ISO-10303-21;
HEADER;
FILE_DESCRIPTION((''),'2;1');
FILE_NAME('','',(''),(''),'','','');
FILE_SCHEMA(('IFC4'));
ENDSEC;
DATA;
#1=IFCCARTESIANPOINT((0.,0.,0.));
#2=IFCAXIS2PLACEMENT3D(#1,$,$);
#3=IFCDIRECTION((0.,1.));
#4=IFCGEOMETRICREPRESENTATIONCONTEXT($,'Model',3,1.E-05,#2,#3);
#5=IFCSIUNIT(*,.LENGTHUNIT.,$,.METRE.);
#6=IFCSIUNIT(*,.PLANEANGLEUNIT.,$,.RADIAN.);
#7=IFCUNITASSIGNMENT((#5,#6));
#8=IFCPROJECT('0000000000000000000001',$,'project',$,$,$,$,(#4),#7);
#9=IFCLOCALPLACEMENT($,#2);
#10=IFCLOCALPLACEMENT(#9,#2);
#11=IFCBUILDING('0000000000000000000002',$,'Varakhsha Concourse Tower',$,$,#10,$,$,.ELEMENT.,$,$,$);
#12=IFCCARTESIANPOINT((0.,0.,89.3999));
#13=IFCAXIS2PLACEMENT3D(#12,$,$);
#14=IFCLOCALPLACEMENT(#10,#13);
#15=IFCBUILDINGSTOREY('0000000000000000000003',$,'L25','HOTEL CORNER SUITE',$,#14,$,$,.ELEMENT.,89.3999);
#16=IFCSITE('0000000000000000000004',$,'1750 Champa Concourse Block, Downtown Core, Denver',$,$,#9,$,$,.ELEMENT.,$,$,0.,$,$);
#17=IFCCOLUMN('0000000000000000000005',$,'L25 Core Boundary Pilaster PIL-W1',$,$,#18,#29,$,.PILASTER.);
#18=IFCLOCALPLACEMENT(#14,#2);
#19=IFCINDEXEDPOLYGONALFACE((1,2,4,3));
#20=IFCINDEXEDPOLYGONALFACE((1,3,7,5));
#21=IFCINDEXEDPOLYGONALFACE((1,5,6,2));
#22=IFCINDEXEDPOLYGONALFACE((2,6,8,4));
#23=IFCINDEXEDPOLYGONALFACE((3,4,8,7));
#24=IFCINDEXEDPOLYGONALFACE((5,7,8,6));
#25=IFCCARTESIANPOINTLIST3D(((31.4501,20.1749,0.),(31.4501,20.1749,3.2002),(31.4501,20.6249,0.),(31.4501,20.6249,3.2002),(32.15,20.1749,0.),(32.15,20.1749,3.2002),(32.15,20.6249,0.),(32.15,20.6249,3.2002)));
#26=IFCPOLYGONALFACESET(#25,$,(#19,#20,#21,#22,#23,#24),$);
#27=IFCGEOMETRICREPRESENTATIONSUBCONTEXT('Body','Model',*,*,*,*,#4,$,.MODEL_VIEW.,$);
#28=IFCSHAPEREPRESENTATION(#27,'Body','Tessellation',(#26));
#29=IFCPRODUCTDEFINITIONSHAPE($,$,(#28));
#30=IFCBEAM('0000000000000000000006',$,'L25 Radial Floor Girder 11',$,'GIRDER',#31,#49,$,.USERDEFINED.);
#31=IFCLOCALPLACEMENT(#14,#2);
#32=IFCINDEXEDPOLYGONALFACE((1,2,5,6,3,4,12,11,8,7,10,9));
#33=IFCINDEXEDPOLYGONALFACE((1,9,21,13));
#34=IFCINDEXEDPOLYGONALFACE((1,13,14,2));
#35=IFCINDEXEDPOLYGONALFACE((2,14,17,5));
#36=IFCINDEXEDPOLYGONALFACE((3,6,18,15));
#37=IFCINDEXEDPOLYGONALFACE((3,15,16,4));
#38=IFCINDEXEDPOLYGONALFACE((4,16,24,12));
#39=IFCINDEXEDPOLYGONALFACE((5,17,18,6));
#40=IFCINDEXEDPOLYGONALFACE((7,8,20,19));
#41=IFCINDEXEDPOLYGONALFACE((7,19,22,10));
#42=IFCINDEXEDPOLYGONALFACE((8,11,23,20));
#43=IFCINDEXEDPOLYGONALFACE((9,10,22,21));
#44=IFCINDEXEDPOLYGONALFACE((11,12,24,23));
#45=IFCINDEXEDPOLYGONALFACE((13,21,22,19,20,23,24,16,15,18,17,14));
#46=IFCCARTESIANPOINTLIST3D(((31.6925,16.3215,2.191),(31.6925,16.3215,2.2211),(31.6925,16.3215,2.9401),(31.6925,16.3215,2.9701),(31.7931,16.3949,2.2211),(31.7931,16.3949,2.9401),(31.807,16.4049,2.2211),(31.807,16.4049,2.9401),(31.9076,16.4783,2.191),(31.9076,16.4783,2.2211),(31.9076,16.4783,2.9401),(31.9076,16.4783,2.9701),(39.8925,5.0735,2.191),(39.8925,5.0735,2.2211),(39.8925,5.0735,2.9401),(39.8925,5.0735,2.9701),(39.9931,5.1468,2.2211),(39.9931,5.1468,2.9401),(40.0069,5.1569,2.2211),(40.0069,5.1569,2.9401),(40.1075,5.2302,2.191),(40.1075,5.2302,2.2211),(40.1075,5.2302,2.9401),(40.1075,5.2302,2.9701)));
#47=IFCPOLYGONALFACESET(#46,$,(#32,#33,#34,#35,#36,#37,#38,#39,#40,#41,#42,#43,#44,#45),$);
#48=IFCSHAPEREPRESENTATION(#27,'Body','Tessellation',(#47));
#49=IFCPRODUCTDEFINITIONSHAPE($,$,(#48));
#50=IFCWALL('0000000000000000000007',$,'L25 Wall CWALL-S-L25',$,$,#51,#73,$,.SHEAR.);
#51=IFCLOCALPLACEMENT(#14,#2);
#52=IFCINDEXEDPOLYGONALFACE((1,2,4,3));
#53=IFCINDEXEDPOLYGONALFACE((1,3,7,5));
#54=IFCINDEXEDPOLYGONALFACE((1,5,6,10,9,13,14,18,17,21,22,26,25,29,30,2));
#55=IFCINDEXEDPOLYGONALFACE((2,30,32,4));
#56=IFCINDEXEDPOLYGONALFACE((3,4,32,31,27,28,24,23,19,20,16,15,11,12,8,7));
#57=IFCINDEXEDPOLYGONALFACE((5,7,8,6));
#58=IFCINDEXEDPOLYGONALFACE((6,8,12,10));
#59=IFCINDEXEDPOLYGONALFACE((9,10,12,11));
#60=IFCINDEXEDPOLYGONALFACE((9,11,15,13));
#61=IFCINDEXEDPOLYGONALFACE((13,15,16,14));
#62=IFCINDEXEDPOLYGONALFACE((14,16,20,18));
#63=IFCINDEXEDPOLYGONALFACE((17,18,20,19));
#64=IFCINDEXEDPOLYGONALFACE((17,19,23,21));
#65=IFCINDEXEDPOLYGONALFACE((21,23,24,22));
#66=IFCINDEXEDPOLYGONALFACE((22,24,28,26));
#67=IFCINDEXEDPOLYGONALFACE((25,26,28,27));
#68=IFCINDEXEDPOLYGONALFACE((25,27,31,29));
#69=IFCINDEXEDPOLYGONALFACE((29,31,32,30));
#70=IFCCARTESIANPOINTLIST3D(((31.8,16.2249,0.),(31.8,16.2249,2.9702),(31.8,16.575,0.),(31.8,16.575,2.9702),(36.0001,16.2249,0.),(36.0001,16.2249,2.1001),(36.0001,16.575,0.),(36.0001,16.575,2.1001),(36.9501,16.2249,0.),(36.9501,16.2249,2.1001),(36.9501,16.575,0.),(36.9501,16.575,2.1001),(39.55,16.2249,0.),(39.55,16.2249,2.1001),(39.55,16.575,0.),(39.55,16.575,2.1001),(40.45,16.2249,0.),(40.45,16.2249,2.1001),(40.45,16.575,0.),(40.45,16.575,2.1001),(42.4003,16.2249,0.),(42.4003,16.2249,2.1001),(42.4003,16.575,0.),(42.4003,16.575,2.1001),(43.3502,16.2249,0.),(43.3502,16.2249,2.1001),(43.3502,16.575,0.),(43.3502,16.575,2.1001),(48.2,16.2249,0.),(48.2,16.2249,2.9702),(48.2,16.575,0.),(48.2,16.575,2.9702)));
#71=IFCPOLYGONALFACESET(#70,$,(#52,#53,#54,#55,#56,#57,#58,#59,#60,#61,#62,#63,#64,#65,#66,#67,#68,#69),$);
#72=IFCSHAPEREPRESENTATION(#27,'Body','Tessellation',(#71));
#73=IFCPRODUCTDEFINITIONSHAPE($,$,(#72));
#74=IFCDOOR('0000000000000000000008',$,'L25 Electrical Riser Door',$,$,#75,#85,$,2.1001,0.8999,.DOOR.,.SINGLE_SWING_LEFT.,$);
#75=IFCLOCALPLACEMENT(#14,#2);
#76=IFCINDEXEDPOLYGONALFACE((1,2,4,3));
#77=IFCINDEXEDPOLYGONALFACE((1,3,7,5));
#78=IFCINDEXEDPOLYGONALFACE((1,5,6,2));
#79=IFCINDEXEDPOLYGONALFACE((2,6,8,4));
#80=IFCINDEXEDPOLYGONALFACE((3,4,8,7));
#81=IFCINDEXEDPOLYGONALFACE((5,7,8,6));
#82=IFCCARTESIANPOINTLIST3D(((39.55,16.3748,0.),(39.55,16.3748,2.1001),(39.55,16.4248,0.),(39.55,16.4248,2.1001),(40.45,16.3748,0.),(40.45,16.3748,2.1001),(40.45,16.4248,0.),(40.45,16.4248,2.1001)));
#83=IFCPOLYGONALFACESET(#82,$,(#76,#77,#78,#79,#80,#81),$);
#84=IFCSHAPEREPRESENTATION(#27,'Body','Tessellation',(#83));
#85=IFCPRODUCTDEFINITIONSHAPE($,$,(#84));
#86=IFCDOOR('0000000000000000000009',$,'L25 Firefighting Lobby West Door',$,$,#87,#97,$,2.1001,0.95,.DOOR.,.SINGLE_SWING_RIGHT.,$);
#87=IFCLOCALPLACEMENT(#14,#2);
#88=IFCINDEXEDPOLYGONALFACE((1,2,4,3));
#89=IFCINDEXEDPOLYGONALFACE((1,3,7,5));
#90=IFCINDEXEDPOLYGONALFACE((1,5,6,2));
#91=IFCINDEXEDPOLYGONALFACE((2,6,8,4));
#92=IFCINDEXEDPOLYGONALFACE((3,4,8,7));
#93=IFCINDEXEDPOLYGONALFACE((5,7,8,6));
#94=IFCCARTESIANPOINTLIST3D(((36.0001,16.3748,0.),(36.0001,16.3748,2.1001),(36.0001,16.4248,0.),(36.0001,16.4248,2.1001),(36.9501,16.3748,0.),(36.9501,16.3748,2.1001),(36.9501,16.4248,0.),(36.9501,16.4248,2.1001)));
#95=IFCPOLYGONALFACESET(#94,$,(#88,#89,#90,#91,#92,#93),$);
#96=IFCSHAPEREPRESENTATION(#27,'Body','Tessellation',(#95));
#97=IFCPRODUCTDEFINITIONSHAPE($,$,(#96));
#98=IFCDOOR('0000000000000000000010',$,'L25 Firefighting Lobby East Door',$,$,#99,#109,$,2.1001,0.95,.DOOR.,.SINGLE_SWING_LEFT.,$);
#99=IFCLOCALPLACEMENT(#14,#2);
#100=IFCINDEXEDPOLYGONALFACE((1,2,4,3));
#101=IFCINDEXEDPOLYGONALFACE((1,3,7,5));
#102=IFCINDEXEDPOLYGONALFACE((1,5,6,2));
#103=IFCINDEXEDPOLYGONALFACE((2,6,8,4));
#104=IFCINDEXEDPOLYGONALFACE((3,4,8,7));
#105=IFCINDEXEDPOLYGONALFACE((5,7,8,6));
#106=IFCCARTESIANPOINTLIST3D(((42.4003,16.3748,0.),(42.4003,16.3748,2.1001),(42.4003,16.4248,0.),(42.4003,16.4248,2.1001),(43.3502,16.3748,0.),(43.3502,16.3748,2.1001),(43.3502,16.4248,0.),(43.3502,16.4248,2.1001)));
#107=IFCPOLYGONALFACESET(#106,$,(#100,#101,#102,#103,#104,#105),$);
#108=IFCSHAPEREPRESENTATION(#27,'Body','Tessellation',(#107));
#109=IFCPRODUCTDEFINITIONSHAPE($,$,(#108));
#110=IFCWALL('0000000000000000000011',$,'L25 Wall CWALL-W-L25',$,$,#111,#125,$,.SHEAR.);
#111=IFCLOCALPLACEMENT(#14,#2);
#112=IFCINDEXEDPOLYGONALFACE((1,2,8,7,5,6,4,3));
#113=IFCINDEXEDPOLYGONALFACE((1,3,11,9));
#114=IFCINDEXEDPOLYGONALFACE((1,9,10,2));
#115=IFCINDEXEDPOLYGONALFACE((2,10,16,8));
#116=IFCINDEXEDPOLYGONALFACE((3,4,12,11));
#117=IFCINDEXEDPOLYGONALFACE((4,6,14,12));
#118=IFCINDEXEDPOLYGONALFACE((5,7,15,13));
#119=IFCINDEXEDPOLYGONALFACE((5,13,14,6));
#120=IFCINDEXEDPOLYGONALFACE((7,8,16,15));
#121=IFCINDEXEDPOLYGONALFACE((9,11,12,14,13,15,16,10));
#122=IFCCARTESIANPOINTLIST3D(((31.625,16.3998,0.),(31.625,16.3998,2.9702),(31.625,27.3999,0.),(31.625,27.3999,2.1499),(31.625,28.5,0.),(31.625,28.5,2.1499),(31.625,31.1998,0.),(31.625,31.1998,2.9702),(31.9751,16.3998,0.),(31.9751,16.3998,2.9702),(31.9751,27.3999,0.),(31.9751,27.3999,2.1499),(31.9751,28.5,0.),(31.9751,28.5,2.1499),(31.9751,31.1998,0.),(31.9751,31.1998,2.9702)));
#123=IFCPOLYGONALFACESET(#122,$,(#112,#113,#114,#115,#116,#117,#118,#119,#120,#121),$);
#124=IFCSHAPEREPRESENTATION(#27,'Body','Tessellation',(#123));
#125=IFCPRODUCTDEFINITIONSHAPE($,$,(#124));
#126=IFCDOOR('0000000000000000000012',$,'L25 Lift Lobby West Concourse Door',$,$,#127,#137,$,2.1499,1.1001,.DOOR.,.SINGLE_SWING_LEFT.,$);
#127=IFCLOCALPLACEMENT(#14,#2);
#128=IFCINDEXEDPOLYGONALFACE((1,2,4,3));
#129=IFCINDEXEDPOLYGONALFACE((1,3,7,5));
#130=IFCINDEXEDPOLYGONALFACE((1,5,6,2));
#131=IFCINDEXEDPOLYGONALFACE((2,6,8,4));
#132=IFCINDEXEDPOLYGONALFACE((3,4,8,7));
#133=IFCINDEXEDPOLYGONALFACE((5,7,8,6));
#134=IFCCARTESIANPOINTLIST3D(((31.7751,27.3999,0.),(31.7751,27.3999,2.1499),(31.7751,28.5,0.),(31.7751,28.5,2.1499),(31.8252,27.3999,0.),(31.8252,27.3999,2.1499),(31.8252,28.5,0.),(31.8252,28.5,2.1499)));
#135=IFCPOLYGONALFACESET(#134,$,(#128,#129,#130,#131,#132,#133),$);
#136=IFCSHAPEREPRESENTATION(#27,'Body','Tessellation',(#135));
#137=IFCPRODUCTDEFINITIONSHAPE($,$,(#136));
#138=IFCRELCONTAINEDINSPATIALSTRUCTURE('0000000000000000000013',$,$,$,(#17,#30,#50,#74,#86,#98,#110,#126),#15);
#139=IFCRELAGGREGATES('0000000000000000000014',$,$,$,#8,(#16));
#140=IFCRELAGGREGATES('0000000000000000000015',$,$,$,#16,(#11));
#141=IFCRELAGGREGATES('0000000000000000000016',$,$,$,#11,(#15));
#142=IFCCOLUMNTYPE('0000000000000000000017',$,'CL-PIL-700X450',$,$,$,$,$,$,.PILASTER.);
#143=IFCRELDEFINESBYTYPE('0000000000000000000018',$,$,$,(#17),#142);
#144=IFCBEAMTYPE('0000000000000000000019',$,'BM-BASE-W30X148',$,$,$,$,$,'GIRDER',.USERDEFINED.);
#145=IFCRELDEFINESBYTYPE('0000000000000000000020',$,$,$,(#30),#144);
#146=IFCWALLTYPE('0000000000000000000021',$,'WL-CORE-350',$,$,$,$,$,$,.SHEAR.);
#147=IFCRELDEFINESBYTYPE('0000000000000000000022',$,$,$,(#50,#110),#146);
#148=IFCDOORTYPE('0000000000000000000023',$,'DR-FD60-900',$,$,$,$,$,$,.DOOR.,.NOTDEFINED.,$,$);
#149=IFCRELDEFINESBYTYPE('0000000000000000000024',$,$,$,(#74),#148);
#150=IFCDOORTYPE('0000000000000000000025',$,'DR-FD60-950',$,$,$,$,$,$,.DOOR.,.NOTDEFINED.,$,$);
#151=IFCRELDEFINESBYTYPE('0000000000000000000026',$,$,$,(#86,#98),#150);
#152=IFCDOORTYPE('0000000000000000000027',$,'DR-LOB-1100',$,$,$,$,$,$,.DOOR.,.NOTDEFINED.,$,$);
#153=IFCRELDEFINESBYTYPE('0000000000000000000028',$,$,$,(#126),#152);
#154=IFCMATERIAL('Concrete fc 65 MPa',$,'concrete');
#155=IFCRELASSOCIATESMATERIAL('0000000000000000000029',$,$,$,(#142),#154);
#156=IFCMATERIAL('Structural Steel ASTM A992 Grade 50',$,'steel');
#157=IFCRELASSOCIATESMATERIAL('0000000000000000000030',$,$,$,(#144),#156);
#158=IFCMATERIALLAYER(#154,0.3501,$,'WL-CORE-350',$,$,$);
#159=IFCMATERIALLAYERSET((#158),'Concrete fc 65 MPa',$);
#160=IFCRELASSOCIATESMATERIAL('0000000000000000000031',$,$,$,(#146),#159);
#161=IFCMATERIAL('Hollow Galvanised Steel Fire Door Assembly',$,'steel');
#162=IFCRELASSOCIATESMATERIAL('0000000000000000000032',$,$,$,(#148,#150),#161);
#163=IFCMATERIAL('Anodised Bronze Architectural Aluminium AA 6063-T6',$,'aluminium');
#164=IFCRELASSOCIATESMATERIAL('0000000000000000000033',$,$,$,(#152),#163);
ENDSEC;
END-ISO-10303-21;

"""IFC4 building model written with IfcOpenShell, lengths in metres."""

from ifc_helpers import new_model, si_unit, direction, frame, frame_2d, origin, origin_2d, place, context, subcontext, project, spatial, rectangle, i_section, extrude, material, layer, layer_set, material_profile, profile_set, type_object, element, fill, save


model = new_model("IFC4")

# Units and contexts
model_context = context("Model", 3, precision=1e-05, world=origin(), true_north=direction((0.0, 1.0)))
body_context = subcontext(model_context, "Body", "Model", "MODEL_VIEW")
ifc_project = project(units=[si_unit("LENGTHUNIT", "METRE"), si_unit("PLANEANGLEUNIT", "RADIAN")], contexts=[model_context])

# Site, building, storey
site_placement = place(None, origin())
site = spatial("IfcSite", under=ifc_project, at=site_placement, Name="1750 Champa Concourse Block, Downtown Core, Denver", CompositionType="ELEMENT", RefElevation=0.0)
building_placement = place(site_placement, origin())
building = spatial("IfcBuilding", under=site, at=building_placement, Name="Varakhsha Concourse Tower", CompositionType="ELEMENT")
storey_placement = place(building_placement, frame((0.0, 0.0, 89.3999)))
storey = spatial("IfcBuildingStorey", under=building, at=storey_placement, Name="L25", Description="HOTEL CORNER SUITE", CompositionType="ELEMENT", Elevation=89.3999)

# Column
ifc_material_1 = material(Name="Concrete fc 65 MPa", Category="concrete")
ifc_material_profile_1 = material_profile(ifc_material_1, rectangle(XDim=0.7, YDim=0.45, at=origin_2d()), Name="RC 700x450")
ifc_profile_set_1 = profile_set([ifc_material_profile_1], Name="Concrete fc 65 MPa")
column_type = type_object("IfcColumnType", Name="CL-PIL-700X450", PredefinedType="PILASTER", material=ifc_profile_set_1)
column_placement = place(storey_placement, frame((31.8, 20.3999, 0.0), z_axis=(0.0, 0.0, 1.0), x_axis=(1.0, 0.0, 0.0)))
element("IfcColumn", 1, at=column_placement, inside=storey, type_object=column_type, Name="L25 Core Boundary Pilaster PIL-W1", PredefinedType="PILASTER", context=body_context, shape_type="SweptSolid", body=[
    extrude(rectangle(XDim=0.7, YDim=0.45, at=origin_2d()), origin(), (0.0, 0.0, 1.0), 3.2002),
])

# Beam
ifc_material_2 = material(Name="Structural Steel ASTM A992 Grade 50", Category="steel")
ifc_material_profile_2 = material_profile(ifc_material_2, i_section(OverallWidth=0.2661, OverallDepth=0.7791, WebThickness=0.0171, FlangeThickness=0.03, at=origin_2d()), Name="W30X148")
ifc_profile_set_2 = profile_set([ifc_material_profile_2], Name="Structural Steel ASTM A992 Grade 50")
beam_type = type_object("IfcBeamType", Name="BM-BASE-W30X148", ElementType="GIRDER", PredefinedType="USERDEFINED", material=ifc_profile_set_2)
beam_placement = place(storey_placement, frame((31.8, 16.3999, 2.5806), z_axis=(0.58909, -0.808067, 0.0), x_axis=(0.808067, 0.58909, 0.0)))
element("IfcBeam", 2, at=beam_placement, inside=storey, type_object=beam_type, Name="L25 Radial Floor Girder 11", ObjectType="GIRDER", PredefinedType="USERDEFINED", context=body_context, shape_type="SweptSolid", body=[
    extrude(i_section(OverallWidth=0.2661, OverallDepth=0.7791, WebThickness=0.0171, FlangeThickness=0.03, at=origin_2d()), origin(), (0.0, 0.0, 1.0), 13.9197),
])

# Wall, openings, doors
ifc_layer_1 = layer(ifc_material_1, 0.3501, Name="WL-CORE-350")
ifc_layer_set_1 = layer_set([ifc_layer_1], Name="Concrete fc 65 MPa")
wall_type_1 = type_object("IfcWallType", Name="WL-CORE-350", PredefinedType="SHEAR", material=ifc_layer_set_1)
wall_1_placement = place(storey_placement, frame((31.8, 16.3999, 0.0), z_axis=(0.0, 0.0, 1.0), x_axis=(1.0, 0.0, 0.0)))
wall_1 = element("IfcWall", 3, at=wall_1_placement, inside=storey, type_object=wall_type_1, Name="L25 Wall CWALL-S-L25", PredefinedType="SHEAR", context=body_context, shape_type="SweptSolid", body=[
    extrude(rectangle(XDim=16.3999, YDim=0.3501, at=frame_2d((8.2, 0.0))), origin(), (0.0, 0.0, 1.0), 2.9702),
])
opening_1_placement = place(wall_1_placement, frame((7.75, 0.0, 0.0)))
opening_1 = element("IfcOpeningElement", 4, at=opening_1_placement, cuts=wall_1, PredefinedType="OPENING", context=body_context, shape_type="SweptSolid", body=[
    extrude(rectangle(XDim=0.8999, YDim=2.1001, at=frame_2d((0.45, 1.05))), frame((0.0, 0.1851, 0.0), z_axis=(0.0, -1.0, 0.0), x_axis=(1.0, 0.0, 0.0)), (0.0, 0.0, 1.0), 0.3701),
])
opening_2_placement = place(wall_1_placement, frame((4.2, 0.0, 0.0)))
opening_2 = element("IfcOpeningElement", 5, at=opening_2_placement, cuts=wall_1, PredefinedType="OPENING", context=body_context, shape_type="SweptSolid", body=[
    extrude(rectangle(XDim=0.95, YDim=2.1001, at=frame_2d((0.4751, 1.05))), frame((0.0, 0.1851, 0.0), z_axis=(0.0, -1.0, 0.0), x_axis=(1.0, 0.0, 0.0)), (0.0, 0.0, 1.0), 0.3701),
])
opening_3_placement = place(wall_1_placement, frame((10.6001, 0.0, 0.0)))
opening_3 = element("IfcOpeningElement", 6, at=opening_3_placement, cuts=wall_1, PredefinedType="OPENING", context=body_context, shape_type="SweptSolid", body=[
    extrude(rectangle(XDim=0.95, YDim=2.1001, at=frame_2d((0.4751, 1.05))), frame((0.0, 0.1851, 0.0), z_axis=(0.0, -1.0, 0.0), x_axis=(1.0, 0.0, 0.0)), (0.0, 0.0, 1.0), 0.3701),
])
ifc_material_3 = material(Name="Hollow Galvanised Steel Fire Door Assembly", Category="steel")
door_type_1 = type_object("IfcDoorType", Name="DR-FD60-900", OperationType="NOTDEFINED", PredefinedType="DOOR", material=ifc_material_3)
door_1_placement = place(opening_1_placement, origin())
door_1 = element("IfcDoor", 7, at=door_1_placement, inside=storey, type_object=door_type_1, Name="L25 Electrical Riser Door", OperationType="SINGLE_SWING_LEFT", OverallHeight=2.1001, OverallWidth=0.8999, PredefinedType="DOOR", context=body_context, shape_type="SweptSolid", body=[
    extrude(rectangle(XDim=0.8999, YDim=2.1001, at=frame_2d((0.45, 1.05))), frame((0.0, 0.0249, 0.0), z_axis=(0.0, -1.0, 0.0), x_axis=(1.0, 0.0, 0.0)), (0.0, 0.0, 1.0), 0.05),
])
fill(opening_1, door_1)
door_type_2 = type_object("IfcDoorType", Name="DR-FD60-950", OperationType="NOTDEFINED", PredefinedType="DOOR", material=ifc_material_3)
door_2_placement = place(opening_2_placement, origin())
door_2 = element("IfcDoor", 8, at=door_2_placement, inside=storey, type_object=door_type_2, Name="L25 Firefighting Lobby West Door", OperationType="SINGLE_SWING_RIGHT", OverallHeight=2.1001, OverallWidth=0.95, PredefinedType="DOOR", context=body_context, shape_type="SweptSolid", body=[
    extrude(rectangle(XDim=0.95, YDim=2.1001, at=frame_2d((0.4751, 1.05))), frame((0.0, 0.0249, 0.0), z_axis=(0.0, -1.0, 0.0), x_axis=(1.0, 0.0, 0.0)), (0.0, 0.0, 1.0), 0.05),
])
fill(opening_2, door_2)
door_3_placement = place(opening_3_placement, origin())
door_3 = element("IfcDoor", 9, at=door_3_placement, inside=storey, type_object=door_type_2, Name="L25 Firefighting Lobby East Door", OperationType="SINGLE_SWING_LEFT", OverallHeight=2.1001, OverallWidth=0.95, PredefinedType="DOOR", context=body_context, shape_type="SweptSolid", body=[
    extrude(rectangle(XDim=0.95, YDim=2.1001, at=frame_2d((0.4751, 1.05))), frame((0.0, 0.0249, 0.0), z_axis=(0.0, -1.0, 0.0), x_axis=(1.0, 0.0, 0.0)), (0.0, 0.0, 1.0), 0.05),
])
fill(opening_3, door_3)

# Wall, opening, door
wall_2_placement = place(storey_placement, frame((31.8, 16.3999, 0.0), z_axis=(0.0, 0.0, 1.0), x_axis=(0.0, 1.0, 0.0)))
wall_2 = element("IfcWall", 10, at=wall_2_placement, inside=storey, type_object=wall_type_1, Name="L25 Wall CWALL-W-L25", PredefinedType="SHEAR", context=body_context, shape_type="SweptSolid", body=[
    extrude(rectangle(XDim=14.8, YDim=0.3501, at=frame_2d((7.3999, 0.0))), origin(), (0.0, 0.0, 1.0), 2.9702),
])
opening_4_placement = place(wall_2_placement, frame((11.0, 0.0, 0.0)))
opening_4 = element("IfcOpeningElement", 11, at=opening_4_placement, cuts=wall_2, PredefinedType="OPENING", context=body_context, shape_type="SweptSolid", body=[
    extrude(rectangle(XDim=1.1001, YDim=2.1499, at=frame_2d((0.55, 1.075))), frame((0.0, 0.1851, 0.0), z_axis=(0.0, -1.0, 0.0), x_axis=(1.0, 0.0, 0.0)), (0.0, 0.0, 1.0), 0.3701),
])
ifc_material_4 = material(Name="Anodised Bronze Architectural Aluminium AA 6063-T6", Category="aluminium")
door_type_3 = type_object("IfcDoorType", Name="DR-LOB-1100", OperationType="NOTDEFINED", PredefinedType="DOOR", material=ifc_material_4)
door_4_placement = place(opening_4_placement, origin())
door_4 = element("IfcDoor", 12, at=door_4_placement, inside=storey, type_object=door_type_3, Name="L25 Lift Lobby West Concourse Door", OperationType="SINGLE_SWING_LEFT", OverallHeight=2.1499, OverallWidth=1.1001, PredefinedType="DOOR", context=body_context, shape_type="SweptSolid", body=[
    extrude(rectangle(XDim=1.1001, YDim=2.1499, at=frame_2d((0.55, 1.075))), frame((0.0, 0.0249, 0.0), z_axis=(0.0, -1.0, 0.0), x_axis=(1.0, 0.0, 0.0)), (0.0, 0.0, 1.0), 0.05),
])
fill(opening_4, door_4)

save(model, "model.ifc")
